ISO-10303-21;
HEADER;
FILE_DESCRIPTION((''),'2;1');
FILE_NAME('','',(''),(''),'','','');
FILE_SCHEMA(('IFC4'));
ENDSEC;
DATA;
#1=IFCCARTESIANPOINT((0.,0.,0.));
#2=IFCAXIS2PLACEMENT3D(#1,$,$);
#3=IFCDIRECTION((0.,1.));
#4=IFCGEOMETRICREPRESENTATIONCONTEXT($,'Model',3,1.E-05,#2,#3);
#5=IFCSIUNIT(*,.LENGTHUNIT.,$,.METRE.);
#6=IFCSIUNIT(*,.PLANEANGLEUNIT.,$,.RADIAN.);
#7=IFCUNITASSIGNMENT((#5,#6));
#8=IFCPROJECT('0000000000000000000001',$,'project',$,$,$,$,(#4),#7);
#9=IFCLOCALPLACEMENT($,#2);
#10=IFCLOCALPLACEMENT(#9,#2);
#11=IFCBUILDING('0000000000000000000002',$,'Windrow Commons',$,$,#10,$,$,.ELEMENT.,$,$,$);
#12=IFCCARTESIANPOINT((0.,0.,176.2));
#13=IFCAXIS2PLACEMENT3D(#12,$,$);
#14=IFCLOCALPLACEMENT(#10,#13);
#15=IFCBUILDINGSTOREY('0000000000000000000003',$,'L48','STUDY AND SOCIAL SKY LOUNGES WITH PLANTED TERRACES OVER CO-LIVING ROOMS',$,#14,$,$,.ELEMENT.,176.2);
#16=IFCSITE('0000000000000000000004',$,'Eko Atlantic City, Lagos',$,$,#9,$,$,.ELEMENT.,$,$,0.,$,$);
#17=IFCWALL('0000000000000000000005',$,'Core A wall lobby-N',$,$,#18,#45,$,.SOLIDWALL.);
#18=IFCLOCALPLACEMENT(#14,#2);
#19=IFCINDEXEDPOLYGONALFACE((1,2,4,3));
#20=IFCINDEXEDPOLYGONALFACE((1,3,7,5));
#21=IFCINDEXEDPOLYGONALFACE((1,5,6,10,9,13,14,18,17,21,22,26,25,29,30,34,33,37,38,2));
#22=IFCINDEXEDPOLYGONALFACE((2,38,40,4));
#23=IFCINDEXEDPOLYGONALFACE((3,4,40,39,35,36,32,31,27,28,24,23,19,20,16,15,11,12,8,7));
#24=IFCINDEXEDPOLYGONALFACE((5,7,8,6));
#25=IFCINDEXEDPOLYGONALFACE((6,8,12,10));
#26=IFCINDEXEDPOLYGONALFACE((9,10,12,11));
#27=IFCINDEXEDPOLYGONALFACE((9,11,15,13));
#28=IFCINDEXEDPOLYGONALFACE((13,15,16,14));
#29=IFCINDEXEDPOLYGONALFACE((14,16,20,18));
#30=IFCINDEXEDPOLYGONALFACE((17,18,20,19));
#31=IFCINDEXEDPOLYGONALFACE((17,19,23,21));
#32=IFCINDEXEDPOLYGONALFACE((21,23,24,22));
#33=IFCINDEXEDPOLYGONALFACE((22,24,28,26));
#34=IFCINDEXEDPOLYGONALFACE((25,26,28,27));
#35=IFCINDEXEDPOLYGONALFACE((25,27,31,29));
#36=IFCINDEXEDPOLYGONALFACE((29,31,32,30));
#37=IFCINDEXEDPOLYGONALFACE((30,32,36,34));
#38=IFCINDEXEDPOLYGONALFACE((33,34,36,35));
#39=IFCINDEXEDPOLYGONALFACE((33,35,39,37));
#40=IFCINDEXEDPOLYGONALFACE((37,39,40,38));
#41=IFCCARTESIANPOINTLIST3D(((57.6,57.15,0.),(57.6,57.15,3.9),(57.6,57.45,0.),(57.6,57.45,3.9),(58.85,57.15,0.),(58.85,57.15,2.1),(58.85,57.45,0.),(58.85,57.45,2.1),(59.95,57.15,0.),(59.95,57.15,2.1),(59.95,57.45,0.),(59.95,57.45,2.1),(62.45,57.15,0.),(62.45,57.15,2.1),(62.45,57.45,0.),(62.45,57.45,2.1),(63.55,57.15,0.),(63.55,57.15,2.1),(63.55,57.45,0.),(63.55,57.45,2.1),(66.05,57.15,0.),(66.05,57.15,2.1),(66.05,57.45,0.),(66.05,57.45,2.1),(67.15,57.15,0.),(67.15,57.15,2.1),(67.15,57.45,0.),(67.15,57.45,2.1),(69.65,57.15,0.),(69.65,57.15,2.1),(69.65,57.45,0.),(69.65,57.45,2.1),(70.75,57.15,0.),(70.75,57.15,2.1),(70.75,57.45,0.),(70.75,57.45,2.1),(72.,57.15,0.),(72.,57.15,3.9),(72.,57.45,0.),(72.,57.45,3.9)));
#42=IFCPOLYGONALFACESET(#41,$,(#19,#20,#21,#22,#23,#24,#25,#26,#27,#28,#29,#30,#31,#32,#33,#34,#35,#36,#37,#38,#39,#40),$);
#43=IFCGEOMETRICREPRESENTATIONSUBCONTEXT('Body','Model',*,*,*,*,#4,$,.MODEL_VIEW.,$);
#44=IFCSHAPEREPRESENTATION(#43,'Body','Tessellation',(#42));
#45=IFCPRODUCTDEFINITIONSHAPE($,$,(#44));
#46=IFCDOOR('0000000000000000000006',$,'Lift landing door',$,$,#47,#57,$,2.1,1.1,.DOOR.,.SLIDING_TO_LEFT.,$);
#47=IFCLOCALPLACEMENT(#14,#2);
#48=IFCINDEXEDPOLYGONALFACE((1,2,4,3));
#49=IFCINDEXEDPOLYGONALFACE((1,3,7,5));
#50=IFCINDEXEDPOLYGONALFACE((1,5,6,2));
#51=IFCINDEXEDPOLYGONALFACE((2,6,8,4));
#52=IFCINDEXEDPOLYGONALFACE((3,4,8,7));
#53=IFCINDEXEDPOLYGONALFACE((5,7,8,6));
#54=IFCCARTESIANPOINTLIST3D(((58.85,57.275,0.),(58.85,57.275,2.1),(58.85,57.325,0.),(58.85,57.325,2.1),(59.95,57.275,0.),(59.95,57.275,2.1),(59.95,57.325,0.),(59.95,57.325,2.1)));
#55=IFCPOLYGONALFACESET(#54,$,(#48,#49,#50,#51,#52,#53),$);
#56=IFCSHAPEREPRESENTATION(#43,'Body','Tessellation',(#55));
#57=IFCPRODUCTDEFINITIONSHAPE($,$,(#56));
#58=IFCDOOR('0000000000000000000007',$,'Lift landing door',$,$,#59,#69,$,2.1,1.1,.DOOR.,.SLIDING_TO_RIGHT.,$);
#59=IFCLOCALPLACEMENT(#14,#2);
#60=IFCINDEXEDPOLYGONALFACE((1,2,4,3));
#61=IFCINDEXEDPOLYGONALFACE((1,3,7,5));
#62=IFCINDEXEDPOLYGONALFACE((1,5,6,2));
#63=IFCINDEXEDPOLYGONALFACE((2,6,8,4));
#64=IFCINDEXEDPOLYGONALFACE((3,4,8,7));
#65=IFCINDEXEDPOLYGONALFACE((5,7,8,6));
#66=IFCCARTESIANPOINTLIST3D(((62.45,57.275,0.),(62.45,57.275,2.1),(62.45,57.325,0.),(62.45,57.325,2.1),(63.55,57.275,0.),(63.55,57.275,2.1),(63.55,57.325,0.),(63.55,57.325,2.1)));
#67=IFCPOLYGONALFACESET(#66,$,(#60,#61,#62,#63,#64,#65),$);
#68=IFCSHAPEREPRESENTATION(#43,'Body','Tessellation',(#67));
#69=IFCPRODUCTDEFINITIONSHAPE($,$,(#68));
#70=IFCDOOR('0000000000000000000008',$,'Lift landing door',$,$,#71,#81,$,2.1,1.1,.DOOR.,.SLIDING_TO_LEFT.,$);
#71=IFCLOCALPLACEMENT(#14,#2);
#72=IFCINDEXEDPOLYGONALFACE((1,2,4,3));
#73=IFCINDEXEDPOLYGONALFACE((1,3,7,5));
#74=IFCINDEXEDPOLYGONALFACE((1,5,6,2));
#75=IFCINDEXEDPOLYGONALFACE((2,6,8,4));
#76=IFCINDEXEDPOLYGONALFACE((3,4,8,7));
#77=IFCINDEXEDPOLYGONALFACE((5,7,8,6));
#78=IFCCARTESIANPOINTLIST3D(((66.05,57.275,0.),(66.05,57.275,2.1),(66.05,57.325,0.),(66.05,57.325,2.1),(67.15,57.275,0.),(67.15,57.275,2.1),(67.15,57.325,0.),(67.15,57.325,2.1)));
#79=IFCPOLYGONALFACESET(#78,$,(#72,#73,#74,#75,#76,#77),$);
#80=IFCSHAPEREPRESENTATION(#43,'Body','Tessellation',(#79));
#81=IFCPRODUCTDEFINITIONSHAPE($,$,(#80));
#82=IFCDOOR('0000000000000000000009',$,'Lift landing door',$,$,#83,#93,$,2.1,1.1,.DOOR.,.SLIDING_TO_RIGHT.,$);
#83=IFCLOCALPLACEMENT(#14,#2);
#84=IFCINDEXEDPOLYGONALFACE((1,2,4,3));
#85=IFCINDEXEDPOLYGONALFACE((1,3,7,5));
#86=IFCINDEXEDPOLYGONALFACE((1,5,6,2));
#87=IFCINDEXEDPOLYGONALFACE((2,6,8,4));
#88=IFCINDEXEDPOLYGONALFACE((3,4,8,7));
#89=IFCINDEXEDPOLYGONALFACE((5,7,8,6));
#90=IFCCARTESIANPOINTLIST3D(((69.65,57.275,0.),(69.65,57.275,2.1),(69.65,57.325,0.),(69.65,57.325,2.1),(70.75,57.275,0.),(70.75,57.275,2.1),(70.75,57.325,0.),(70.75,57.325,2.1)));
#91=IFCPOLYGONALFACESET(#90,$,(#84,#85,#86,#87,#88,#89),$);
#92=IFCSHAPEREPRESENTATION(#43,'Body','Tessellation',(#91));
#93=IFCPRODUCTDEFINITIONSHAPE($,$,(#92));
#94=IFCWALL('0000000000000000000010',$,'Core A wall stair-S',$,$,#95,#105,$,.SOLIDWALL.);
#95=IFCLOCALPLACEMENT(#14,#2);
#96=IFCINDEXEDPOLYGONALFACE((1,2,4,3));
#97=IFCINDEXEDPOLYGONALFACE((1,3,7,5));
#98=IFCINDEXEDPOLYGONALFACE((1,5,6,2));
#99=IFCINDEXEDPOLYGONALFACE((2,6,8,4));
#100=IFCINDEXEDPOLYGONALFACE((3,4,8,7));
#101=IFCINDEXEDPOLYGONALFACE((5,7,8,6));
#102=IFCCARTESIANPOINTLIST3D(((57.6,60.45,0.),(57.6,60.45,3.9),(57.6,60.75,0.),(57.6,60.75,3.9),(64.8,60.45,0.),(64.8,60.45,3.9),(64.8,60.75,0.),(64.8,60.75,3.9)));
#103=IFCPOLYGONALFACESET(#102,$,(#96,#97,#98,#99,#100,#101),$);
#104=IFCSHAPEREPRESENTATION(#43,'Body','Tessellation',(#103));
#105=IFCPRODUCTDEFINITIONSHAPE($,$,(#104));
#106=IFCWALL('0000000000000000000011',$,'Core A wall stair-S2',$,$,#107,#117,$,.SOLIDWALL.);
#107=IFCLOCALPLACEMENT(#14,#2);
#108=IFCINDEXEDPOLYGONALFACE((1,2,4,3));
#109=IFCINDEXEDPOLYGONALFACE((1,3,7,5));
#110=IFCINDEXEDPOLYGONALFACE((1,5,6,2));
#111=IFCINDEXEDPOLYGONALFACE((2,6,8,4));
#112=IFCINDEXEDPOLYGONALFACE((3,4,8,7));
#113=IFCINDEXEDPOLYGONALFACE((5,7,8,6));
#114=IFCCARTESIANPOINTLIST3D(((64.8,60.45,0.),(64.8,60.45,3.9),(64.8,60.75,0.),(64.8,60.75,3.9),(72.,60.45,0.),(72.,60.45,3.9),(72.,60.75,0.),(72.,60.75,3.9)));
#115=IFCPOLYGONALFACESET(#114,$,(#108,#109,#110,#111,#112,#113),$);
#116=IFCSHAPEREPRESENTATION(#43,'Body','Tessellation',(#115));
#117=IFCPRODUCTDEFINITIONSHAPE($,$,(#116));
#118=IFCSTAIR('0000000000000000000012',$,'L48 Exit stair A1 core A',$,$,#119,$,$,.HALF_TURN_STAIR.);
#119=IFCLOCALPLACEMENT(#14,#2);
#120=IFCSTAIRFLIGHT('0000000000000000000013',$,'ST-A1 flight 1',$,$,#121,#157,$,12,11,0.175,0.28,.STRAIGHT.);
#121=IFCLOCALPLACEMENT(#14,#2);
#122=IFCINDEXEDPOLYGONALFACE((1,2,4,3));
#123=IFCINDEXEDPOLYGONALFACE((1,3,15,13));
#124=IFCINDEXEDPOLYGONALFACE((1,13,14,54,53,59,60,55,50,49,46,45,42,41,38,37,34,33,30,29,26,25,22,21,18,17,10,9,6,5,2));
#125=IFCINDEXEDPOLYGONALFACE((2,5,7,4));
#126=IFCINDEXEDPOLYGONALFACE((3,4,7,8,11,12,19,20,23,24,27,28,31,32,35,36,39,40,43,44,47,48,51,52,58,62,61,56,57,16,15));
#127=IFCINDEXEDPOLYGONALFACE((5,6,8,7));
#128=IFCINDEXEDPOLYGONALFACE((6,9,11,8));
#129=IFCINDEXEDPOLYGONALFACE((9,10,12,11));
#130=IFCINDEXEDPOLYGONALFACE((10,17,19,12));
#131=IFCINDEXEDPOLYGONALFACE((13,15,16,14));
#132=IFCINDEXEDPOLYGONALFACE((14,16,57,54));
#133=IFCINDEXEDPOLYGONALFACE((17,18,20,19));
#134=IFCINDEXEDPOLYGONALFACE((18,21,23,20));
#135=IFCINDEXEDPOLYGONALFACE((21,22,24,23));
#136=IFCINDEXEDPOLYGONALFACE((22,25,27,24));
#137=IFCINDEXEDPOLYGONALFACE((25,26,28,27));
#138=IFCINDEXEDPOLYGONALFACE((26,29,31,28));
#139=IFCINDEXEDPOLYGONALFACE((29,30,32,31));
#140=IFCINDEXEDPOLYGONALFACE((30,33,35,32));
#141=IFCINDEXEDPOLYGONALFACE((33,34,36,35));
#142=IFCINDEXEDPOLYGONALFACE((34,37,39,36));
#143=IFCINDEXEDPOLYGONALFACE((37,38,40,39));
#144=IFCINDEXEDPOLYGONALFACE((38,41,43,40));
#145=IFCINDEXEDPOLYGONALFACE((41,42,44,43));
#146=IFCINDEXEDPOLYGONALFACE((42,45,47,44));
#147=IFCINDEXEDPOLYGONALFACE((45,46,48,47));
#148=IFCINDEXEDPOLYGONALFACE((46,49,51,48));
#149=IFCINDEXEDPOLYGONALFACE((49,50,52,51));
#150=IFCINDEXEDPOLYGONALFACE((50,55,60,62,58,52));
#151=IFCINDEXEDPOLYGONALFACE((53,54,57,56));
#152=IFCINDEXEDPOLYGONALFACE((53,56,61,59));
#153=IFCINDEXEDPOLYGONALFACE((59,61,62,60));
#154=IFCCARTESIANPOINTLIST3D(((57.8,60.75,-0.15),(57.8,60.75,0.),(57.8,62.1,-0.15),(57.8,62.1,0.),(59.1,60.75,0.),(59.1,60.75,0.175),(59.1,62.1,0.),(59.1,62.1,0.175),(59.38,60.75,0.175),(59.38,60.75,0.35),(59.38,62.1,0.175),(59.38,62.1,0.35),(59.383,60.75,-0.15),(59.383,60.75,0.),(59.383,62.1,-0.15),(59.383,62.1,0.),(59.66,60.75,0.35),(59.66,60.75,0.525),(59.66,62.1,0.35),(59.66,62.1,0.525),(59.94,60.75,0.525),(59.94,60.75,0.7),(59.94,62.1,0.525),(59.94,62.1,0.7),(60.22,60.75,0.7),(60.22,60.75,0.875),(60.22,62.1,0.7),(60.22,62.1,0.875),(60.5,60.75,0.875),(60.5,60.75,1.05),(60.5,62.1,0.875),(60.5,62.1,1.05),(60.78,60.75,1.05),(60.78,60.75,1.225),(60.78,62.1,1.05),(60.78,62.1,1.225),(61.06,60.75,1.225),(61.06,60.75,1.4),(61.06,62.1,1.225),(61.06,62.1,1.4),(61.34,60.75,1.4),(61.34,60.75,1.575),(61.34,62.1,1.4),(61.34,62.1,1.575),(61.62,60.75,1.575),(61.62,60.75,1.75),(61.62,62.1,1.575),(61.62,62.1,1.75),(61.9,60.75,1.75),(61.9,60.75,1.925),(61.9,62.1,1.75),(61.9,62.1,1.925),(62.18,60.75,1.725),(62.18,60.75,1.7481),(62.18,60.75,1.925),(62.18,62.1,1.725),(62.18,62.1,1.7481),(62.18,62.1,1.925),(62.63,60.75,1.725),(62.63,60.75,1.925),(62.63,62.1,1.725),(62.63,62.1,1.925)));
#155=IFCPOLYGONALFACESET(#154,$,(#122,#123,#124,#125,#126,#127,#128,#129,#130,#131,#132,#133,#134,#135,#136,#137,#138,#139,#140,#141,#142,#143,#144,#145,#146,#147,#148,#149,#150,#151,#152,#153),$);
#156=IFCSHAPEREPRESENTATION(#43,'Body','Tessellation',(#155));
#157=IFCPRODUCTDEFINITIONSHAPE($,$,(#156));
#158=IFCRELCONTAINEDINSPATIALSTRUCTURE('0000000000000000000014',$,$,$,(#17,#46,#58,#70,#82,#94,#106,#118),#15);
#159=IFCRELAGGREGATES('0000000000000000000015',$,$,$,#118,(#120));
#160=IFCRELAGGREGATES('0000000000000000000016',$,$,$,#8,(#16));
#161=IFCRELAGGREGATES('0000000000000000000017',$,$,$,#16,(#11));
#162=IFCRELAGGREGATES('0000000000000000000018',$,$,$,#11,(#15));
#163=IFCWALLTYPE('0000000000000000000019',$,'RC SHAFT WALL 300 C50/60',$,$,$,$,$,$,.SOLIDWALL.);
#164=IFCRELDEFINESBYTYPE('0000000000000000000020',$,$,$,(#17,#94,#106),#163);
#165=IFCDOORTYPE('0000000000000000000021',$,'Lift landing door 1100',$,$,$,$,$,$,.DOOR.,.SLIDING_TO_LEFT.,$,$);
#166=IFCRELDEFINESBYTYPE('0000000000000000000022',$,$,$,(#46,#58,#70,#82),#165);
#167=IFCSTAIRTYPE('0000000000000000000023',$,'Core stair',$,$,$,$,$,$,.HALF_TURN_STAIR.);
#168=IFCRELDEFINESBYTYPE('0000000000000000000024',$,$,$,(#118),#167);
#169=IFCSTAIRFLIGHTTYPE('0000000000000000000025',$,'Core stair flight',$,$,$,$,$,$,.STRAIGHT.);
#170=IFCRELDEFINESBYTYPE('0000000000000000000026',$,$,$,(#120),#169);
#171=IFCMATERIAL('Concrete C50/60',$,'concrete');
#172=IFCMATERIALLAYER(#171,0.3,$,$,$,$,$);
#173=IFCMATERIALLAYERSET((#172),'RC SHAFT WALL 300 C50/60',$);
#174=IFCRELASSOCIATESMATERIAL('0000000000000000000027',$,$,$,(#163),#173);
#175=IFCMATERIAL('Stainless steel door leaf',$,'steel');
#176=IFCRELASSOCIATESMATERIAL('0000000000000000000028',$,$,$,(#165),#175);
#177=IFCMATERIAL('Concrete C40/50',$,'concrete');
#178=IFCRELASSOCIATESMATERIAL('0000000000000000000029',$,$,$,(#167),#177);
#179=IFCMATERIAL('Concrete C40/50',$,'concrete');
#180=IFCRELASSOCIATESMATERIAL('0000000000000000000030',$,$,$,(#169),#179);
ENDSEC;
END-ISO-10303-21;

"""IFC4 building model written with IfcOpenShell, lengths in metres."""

from ifc_helpers import new_model, si_unit, direction, frame, frame_2d, origin, place, context, subcontext, project, spatial, polyline, rectangle, outline, extrude, material, layer, layer_set, type_object, element, fill, aggregate, save


model = new_model("IFC4")

# Units and contexts
model_context = context("Model", 3, precision=1e-05, world=origin(), true_north=direction((0.0, 1.0)))
body_context = subcontext(model_context, "Body", "Model", "MODEL_VIEW")
ifc_project = project(units=[si_unit("LENGTHUNIT", "METRE"), si_unit("PLANEANGLEUNIT", "RADIAN")], contexts=[model_context])

# Site, building, storey
site_placement = place(None, origin())
site = spatial("IfcSite", under=ifc_project, at=site_placement, Name="Eko Atlantic City, Lagos", CompositionType="ELEMENT", RefElevation=0.0)
building_placement = place(site_placement, origin())
building = spatial("IfcBuilding", under=site, at=building_placement, Name="Windrow Commons", CompositionType="ELEMENT")
storey_placement = place(building_placement, frame((0.0, 0.0, 176.2)))
storey = spatial("IfcBuildingStorey", under=building, at=storey_placement, Name="L48", Description="STUDY AND SOCIAL SKY LOUNGES WITH PLANTED TERRACES OVER CO-LIVING ROOMS", CompositionType="ELEMENT", Elevation=176.2)

# Shared definitions
placement = place(storey_placement, origin())

# Shared definitions
ifc_material_1 = material(Name="Concrete C50/60", Category="concrete")
ifc_layer_1 = layer(ifc_material_1, 0.3)
ifc_layer_set_1 = layer_set([ifc_layer_1], Name="RC SHAFT WALL 300 C50/60")
wall_type_1 = type_object("IfcWallType", Name="RC SHAFT WALL 300 C50/60", PredefinedType="SOLIDWALL", material=ifc_layer_set_1)

# Wall, openings, doors
ifc_material_2 = material(Name="Stainless steel door leaf", Category="steel")
door_type_1 = type_object("IfcDoorType", Name="Lift landing door 1100", OperationType="SLIDING_TO_LEFT", PredefinedType="DOOR", material=ifc_material_2)
wall_1_placement = place(storey_placement, frame((57.6, 57.3, 0.0), z_axis=(0.0, 0.0, 1.0), x_axis=(1.0, 0.0, 0.0)))
wall_1 = element("IfcWall", 1, at=wall_1_placement, inside=storey, type_object=wall_type_1, Name="Core A wall lobby-N", PredefinedType="SOLIDWALL", context=body_context, shape_type="SweptSolid", body=[
    extrude(rectangle(XDim=14.4, YDim=0.3, at=frame_2d((7.2, 0.0))), origin(), (0.0, 0.0, 1.0), 3.9),
])
opening_1_placement = place(wall_1_placement, frame((1.25, 0.0, 0.0)))
opening_1 = element("IfcOpeningElement", 2, at=opening_1_placement, cuts=wall_1, PredefinedType="OPENING", context=body_context, shape_type="SweptSolid", body=[
    extrude(rectangle(XDim=1.1, YDim=2.1, at=frame_2d((0.55, 1.05))), frame((0.0, 0.16, 0.0), z_axis=(0.0, -1.0, 0.0), x_axis=(1.0, 0.0, 0.0)), (0.0, 0.0, 1.0), 0.32),
])
opening_2_placement = place(wall_1_placement, frame((4.85, 0.0, 0.0)))
opening_2 = element("IfcOpeningElement", 3, at=opening_2_placement, cuts=wall_1, PredefinedType="OPENING", context=body_context, shape_type="SweptSolid", body=[
    extrude(rectangle(XDim=1.1, YDim=2.1, at=frame_2d((0.55, 1.05))), frame((0.0, 0.16, 0.0), z_axis=(0.0, -1.0, 0.0), x_axis=(1.0, 0.0, 0.0)), (0.0, 0.0, 1.0), 0.32),
])
opening_3_placement = place(wall_1_placement, frame((8.45, 0.0, 0.0)))
opening_3 = element("IfcOpeningElement", 4, at=opening_3_placement, cuts=wall_1, PredefinedType="OPENING", context=body_context, shape_type="SweptSolid", body=[
    extrude(rectangle(XDim=1.1, YDim=2.1, at=frame_2d((0.55, 1.05))), frame((0.0, 0.16, 0.0), z_axis=(0.0, -1.0, 0.0), x_axis=(1.0, 0.0, 0.0)), (0.0, 0.0, 1.0), 0.32),
])
opening_4_placement = place(wall_1_placement, frame((12.05, 0.0, 0.0)))
opening_4 = element("IfcOpeningElement", 5, at=opening_4_placement, cuts=wall_1, PredefinedType="OPENING", context=body_context, shape_type="SweptSolid", body=[
    extrude(rectangle(XDim=1.1, YDim=2.1, at=frame_2d((0.55, 1.05))), frame((0.0, 0.16, 0.0), z_axis=(0.0, -1.0, 0.0), x_axis=(1.0, 0.0, 0.0)), (0.0, 0.0, 1.0), 0.32),
])
door_1_placement = place(opening_1_placement, origin())
door_1 = element("IfcDoor", 6, at=door_1_placement, inside=storey, type_object=door_type_1, Name="Lift landing door", OperationType="SLIDING_TO_LEFT", OverallHeight=2.1, OverallWidth=1.1, PredefinedType="DOOR", context=body_context, shape_type="SweptSolid", body=[
    extrude(rectangle(XDim=1.1, YDim=2.1, at=frame_2d((0.55, 1.05))), frame((0.0, 0.025, 0.0), z_axis=(0.0, -1.0, 0.0), x_axis=(1.0, 0.0, 0.0)), (0.0, 0.0, 1.0), 0.05),
])
fill(opening_1, door_1)
door_2_placement = place(opening_2_placement, origin())
door_2 = element("IfcDoor", 7, at=door_2_placement, inside=storey, type_object=door_type_1, Name="Lift landing door", OperationType="SLIDING_TO_RIGHT", OverallHeight=2.1, OverallWidth=1.1, PredefinedType="DOOR", context=body_context, shape_type="SweptSolid", body=[
    extrude(rectangle(XDim=1.1, YDim=2.1, at=frame_2d((0.55, 1.05))), frame((0.0, 0.025, 0.0), z_axis=(0.0, -1.0, 0.0), x_axis=(1.0, 0.0, 0.0)), (0.0, 0.0, 1.0), 0.05),
])
fill(opening_2, door_2)
door_3_placement = place(opening_3_placement, origin())
door_3 = element("IfcDoor", 8, at=door_3_placement, inside=storey, type_object=door_type_1, Name="Lift landing door", OperationType="SLIDING_TO_LEFT", OverallHeight=2.1, OverallWidth=1.1, PredefinedType="DOOR", context=body_context, shape_type="SweptSolid", body=[
    extrude(rectangle(XDim=1.1, YDim=2.1, at=frame_2d((0.55, 1.05))), frame((0.0, 0.025, 0.0), z_axis=(0.0, -1.0, 0.0), x_axis=(1.0, 0.0, 0.0)), (0.0, 0.0, 1.0), 0.05),
])
fill(opening_3, door_3)
door_4_placement = place(opening_4_placement, origin())
door_4 = element("IfcDoor", 9, at=door_4_placement, inside=storey, type_object=door_type_1, Name="Lift landing door", OperationType="SLIDING_TO_RIGHT", OverallHeight=2.1, OverallWidth=1.1, PredefinedType="DOOR", context=body_context, shape_type="SweptSolid", body=[
    extrude(rectangle(XDim=1.1, YDim=2.1, at=frame_2d((0.55, 1.05))), frame((0.0, 0.025, 0.0), z_axis=(0.0, -1.0, 0.0), x_axis=(1.0, 0.0, 0.0)), (0.0, 0.0, 1.0), 0.05),
])
fill(opening_4, door_4)

# Walls
for number, where, z_axis, x_axis, name in (
    (10, (57.6, 60.6, 0.0), (0.0, 0.0, 1.0), (1.0, 0.0, 0.0), "Core A wall stair-S"),
    (11, (64.8, 60.6, 0.0), (0.0, 0.0, 1.0), (1.0, 0.0, 0.0), "Core A wall stair-S2"),
):
    element("IfcWall", number, at=place(storey_placement, frame(where, z_axis=z_axis, x_axis=x_axis)), inside=storey, type_object=wall_type_1, Name=name, PredefinedType="SOLIDWALL", context=body_context, shape_type="SweptSolid", body=[
        extrude(rectangle(XDim=7.2, YDim=0.3, at=frame_2d((3.6, 0.0))), origin(), (0.0, 0.0, 1.0), 3.9),
    ])

# Stair, stair flight
ifc_material_3 = material(Name="Concrete C40/50", Category="concrete")
stair_type = type_object("IfcStairType", Name="Core stair", PredefinedType="HALF_TURN_STAIR", material=ifc_material_3)
stair = element("IfcStair", 12, at=placement, inside=storey, type_object=stair_type, Name="L48 Exit stair A1 core A", PredefinedType="HALF_TURN_STAIR")
ifc_material_4 = material(Name="Concrete C40/50", Category="concrete")
stair_flight_type = type_object("IfcStairFlightType", Name="Core stair flight", PredefinedType="STRAIGHT", material=ifc_material_4)
stair_flight_placement = place(storey_placement, frame((59.1, 61.425, 0.0), z_axis=(0.0, 0.0, 1.0), x_axis=(1.0, 0.0, 0.0)))
stair_flight = element("IfcStairFlight", 13, at=stair_flight_placement, type_object=stair_flight_type, Name="ST-A1 flight 1", NumberOfRisers=12, NumberOfTreads=11, PredefinedType="STRAIGHT", RiserHeight=0.175, TreadLength=0.28, context=body_context, shape_type="SweptSolid", body=[
    extrude(outline(polyline([(-1.3, -0.15), (-1.3, 0.0), (0.0, 0.0), (0.0, 0.175), (0.28, 0.175), (0.28, 0.35), (0.56, 0.35), (0.56, 0.525), (0.84, 0.525), (0.84, 0.7), (1.12, 0.7), (1.12, 0.875), (1.4, 0.875), (1.4, 1.05), (1.68, 1.05), (1.68, 1.225), (1.96, 1.225), (1.96, 1.4), (2.24, 1.4), (2.24, 1.575), (2.52, 1.575), (2.52, 1.75), (2.8, 1.75), (2.8, 1.925), (3.08, 1.925), (3.53, 1.925), (3.53, 1.725), (3.08, 1.725), (3.08, 1.7481), (0.283, 0.0), (0.283, -0.15), (-1.3, -0.15)])), frame((0.0, 0.675, 0.0), z_axis=(0.0, -1.0, 0.0), x_axis=(1.0, 0.0, 0.0)), (0.0, 0.0, 1.0), 1.35),
])
aggregate(stair, [stair_flight])

save(model, "model.ifc")
